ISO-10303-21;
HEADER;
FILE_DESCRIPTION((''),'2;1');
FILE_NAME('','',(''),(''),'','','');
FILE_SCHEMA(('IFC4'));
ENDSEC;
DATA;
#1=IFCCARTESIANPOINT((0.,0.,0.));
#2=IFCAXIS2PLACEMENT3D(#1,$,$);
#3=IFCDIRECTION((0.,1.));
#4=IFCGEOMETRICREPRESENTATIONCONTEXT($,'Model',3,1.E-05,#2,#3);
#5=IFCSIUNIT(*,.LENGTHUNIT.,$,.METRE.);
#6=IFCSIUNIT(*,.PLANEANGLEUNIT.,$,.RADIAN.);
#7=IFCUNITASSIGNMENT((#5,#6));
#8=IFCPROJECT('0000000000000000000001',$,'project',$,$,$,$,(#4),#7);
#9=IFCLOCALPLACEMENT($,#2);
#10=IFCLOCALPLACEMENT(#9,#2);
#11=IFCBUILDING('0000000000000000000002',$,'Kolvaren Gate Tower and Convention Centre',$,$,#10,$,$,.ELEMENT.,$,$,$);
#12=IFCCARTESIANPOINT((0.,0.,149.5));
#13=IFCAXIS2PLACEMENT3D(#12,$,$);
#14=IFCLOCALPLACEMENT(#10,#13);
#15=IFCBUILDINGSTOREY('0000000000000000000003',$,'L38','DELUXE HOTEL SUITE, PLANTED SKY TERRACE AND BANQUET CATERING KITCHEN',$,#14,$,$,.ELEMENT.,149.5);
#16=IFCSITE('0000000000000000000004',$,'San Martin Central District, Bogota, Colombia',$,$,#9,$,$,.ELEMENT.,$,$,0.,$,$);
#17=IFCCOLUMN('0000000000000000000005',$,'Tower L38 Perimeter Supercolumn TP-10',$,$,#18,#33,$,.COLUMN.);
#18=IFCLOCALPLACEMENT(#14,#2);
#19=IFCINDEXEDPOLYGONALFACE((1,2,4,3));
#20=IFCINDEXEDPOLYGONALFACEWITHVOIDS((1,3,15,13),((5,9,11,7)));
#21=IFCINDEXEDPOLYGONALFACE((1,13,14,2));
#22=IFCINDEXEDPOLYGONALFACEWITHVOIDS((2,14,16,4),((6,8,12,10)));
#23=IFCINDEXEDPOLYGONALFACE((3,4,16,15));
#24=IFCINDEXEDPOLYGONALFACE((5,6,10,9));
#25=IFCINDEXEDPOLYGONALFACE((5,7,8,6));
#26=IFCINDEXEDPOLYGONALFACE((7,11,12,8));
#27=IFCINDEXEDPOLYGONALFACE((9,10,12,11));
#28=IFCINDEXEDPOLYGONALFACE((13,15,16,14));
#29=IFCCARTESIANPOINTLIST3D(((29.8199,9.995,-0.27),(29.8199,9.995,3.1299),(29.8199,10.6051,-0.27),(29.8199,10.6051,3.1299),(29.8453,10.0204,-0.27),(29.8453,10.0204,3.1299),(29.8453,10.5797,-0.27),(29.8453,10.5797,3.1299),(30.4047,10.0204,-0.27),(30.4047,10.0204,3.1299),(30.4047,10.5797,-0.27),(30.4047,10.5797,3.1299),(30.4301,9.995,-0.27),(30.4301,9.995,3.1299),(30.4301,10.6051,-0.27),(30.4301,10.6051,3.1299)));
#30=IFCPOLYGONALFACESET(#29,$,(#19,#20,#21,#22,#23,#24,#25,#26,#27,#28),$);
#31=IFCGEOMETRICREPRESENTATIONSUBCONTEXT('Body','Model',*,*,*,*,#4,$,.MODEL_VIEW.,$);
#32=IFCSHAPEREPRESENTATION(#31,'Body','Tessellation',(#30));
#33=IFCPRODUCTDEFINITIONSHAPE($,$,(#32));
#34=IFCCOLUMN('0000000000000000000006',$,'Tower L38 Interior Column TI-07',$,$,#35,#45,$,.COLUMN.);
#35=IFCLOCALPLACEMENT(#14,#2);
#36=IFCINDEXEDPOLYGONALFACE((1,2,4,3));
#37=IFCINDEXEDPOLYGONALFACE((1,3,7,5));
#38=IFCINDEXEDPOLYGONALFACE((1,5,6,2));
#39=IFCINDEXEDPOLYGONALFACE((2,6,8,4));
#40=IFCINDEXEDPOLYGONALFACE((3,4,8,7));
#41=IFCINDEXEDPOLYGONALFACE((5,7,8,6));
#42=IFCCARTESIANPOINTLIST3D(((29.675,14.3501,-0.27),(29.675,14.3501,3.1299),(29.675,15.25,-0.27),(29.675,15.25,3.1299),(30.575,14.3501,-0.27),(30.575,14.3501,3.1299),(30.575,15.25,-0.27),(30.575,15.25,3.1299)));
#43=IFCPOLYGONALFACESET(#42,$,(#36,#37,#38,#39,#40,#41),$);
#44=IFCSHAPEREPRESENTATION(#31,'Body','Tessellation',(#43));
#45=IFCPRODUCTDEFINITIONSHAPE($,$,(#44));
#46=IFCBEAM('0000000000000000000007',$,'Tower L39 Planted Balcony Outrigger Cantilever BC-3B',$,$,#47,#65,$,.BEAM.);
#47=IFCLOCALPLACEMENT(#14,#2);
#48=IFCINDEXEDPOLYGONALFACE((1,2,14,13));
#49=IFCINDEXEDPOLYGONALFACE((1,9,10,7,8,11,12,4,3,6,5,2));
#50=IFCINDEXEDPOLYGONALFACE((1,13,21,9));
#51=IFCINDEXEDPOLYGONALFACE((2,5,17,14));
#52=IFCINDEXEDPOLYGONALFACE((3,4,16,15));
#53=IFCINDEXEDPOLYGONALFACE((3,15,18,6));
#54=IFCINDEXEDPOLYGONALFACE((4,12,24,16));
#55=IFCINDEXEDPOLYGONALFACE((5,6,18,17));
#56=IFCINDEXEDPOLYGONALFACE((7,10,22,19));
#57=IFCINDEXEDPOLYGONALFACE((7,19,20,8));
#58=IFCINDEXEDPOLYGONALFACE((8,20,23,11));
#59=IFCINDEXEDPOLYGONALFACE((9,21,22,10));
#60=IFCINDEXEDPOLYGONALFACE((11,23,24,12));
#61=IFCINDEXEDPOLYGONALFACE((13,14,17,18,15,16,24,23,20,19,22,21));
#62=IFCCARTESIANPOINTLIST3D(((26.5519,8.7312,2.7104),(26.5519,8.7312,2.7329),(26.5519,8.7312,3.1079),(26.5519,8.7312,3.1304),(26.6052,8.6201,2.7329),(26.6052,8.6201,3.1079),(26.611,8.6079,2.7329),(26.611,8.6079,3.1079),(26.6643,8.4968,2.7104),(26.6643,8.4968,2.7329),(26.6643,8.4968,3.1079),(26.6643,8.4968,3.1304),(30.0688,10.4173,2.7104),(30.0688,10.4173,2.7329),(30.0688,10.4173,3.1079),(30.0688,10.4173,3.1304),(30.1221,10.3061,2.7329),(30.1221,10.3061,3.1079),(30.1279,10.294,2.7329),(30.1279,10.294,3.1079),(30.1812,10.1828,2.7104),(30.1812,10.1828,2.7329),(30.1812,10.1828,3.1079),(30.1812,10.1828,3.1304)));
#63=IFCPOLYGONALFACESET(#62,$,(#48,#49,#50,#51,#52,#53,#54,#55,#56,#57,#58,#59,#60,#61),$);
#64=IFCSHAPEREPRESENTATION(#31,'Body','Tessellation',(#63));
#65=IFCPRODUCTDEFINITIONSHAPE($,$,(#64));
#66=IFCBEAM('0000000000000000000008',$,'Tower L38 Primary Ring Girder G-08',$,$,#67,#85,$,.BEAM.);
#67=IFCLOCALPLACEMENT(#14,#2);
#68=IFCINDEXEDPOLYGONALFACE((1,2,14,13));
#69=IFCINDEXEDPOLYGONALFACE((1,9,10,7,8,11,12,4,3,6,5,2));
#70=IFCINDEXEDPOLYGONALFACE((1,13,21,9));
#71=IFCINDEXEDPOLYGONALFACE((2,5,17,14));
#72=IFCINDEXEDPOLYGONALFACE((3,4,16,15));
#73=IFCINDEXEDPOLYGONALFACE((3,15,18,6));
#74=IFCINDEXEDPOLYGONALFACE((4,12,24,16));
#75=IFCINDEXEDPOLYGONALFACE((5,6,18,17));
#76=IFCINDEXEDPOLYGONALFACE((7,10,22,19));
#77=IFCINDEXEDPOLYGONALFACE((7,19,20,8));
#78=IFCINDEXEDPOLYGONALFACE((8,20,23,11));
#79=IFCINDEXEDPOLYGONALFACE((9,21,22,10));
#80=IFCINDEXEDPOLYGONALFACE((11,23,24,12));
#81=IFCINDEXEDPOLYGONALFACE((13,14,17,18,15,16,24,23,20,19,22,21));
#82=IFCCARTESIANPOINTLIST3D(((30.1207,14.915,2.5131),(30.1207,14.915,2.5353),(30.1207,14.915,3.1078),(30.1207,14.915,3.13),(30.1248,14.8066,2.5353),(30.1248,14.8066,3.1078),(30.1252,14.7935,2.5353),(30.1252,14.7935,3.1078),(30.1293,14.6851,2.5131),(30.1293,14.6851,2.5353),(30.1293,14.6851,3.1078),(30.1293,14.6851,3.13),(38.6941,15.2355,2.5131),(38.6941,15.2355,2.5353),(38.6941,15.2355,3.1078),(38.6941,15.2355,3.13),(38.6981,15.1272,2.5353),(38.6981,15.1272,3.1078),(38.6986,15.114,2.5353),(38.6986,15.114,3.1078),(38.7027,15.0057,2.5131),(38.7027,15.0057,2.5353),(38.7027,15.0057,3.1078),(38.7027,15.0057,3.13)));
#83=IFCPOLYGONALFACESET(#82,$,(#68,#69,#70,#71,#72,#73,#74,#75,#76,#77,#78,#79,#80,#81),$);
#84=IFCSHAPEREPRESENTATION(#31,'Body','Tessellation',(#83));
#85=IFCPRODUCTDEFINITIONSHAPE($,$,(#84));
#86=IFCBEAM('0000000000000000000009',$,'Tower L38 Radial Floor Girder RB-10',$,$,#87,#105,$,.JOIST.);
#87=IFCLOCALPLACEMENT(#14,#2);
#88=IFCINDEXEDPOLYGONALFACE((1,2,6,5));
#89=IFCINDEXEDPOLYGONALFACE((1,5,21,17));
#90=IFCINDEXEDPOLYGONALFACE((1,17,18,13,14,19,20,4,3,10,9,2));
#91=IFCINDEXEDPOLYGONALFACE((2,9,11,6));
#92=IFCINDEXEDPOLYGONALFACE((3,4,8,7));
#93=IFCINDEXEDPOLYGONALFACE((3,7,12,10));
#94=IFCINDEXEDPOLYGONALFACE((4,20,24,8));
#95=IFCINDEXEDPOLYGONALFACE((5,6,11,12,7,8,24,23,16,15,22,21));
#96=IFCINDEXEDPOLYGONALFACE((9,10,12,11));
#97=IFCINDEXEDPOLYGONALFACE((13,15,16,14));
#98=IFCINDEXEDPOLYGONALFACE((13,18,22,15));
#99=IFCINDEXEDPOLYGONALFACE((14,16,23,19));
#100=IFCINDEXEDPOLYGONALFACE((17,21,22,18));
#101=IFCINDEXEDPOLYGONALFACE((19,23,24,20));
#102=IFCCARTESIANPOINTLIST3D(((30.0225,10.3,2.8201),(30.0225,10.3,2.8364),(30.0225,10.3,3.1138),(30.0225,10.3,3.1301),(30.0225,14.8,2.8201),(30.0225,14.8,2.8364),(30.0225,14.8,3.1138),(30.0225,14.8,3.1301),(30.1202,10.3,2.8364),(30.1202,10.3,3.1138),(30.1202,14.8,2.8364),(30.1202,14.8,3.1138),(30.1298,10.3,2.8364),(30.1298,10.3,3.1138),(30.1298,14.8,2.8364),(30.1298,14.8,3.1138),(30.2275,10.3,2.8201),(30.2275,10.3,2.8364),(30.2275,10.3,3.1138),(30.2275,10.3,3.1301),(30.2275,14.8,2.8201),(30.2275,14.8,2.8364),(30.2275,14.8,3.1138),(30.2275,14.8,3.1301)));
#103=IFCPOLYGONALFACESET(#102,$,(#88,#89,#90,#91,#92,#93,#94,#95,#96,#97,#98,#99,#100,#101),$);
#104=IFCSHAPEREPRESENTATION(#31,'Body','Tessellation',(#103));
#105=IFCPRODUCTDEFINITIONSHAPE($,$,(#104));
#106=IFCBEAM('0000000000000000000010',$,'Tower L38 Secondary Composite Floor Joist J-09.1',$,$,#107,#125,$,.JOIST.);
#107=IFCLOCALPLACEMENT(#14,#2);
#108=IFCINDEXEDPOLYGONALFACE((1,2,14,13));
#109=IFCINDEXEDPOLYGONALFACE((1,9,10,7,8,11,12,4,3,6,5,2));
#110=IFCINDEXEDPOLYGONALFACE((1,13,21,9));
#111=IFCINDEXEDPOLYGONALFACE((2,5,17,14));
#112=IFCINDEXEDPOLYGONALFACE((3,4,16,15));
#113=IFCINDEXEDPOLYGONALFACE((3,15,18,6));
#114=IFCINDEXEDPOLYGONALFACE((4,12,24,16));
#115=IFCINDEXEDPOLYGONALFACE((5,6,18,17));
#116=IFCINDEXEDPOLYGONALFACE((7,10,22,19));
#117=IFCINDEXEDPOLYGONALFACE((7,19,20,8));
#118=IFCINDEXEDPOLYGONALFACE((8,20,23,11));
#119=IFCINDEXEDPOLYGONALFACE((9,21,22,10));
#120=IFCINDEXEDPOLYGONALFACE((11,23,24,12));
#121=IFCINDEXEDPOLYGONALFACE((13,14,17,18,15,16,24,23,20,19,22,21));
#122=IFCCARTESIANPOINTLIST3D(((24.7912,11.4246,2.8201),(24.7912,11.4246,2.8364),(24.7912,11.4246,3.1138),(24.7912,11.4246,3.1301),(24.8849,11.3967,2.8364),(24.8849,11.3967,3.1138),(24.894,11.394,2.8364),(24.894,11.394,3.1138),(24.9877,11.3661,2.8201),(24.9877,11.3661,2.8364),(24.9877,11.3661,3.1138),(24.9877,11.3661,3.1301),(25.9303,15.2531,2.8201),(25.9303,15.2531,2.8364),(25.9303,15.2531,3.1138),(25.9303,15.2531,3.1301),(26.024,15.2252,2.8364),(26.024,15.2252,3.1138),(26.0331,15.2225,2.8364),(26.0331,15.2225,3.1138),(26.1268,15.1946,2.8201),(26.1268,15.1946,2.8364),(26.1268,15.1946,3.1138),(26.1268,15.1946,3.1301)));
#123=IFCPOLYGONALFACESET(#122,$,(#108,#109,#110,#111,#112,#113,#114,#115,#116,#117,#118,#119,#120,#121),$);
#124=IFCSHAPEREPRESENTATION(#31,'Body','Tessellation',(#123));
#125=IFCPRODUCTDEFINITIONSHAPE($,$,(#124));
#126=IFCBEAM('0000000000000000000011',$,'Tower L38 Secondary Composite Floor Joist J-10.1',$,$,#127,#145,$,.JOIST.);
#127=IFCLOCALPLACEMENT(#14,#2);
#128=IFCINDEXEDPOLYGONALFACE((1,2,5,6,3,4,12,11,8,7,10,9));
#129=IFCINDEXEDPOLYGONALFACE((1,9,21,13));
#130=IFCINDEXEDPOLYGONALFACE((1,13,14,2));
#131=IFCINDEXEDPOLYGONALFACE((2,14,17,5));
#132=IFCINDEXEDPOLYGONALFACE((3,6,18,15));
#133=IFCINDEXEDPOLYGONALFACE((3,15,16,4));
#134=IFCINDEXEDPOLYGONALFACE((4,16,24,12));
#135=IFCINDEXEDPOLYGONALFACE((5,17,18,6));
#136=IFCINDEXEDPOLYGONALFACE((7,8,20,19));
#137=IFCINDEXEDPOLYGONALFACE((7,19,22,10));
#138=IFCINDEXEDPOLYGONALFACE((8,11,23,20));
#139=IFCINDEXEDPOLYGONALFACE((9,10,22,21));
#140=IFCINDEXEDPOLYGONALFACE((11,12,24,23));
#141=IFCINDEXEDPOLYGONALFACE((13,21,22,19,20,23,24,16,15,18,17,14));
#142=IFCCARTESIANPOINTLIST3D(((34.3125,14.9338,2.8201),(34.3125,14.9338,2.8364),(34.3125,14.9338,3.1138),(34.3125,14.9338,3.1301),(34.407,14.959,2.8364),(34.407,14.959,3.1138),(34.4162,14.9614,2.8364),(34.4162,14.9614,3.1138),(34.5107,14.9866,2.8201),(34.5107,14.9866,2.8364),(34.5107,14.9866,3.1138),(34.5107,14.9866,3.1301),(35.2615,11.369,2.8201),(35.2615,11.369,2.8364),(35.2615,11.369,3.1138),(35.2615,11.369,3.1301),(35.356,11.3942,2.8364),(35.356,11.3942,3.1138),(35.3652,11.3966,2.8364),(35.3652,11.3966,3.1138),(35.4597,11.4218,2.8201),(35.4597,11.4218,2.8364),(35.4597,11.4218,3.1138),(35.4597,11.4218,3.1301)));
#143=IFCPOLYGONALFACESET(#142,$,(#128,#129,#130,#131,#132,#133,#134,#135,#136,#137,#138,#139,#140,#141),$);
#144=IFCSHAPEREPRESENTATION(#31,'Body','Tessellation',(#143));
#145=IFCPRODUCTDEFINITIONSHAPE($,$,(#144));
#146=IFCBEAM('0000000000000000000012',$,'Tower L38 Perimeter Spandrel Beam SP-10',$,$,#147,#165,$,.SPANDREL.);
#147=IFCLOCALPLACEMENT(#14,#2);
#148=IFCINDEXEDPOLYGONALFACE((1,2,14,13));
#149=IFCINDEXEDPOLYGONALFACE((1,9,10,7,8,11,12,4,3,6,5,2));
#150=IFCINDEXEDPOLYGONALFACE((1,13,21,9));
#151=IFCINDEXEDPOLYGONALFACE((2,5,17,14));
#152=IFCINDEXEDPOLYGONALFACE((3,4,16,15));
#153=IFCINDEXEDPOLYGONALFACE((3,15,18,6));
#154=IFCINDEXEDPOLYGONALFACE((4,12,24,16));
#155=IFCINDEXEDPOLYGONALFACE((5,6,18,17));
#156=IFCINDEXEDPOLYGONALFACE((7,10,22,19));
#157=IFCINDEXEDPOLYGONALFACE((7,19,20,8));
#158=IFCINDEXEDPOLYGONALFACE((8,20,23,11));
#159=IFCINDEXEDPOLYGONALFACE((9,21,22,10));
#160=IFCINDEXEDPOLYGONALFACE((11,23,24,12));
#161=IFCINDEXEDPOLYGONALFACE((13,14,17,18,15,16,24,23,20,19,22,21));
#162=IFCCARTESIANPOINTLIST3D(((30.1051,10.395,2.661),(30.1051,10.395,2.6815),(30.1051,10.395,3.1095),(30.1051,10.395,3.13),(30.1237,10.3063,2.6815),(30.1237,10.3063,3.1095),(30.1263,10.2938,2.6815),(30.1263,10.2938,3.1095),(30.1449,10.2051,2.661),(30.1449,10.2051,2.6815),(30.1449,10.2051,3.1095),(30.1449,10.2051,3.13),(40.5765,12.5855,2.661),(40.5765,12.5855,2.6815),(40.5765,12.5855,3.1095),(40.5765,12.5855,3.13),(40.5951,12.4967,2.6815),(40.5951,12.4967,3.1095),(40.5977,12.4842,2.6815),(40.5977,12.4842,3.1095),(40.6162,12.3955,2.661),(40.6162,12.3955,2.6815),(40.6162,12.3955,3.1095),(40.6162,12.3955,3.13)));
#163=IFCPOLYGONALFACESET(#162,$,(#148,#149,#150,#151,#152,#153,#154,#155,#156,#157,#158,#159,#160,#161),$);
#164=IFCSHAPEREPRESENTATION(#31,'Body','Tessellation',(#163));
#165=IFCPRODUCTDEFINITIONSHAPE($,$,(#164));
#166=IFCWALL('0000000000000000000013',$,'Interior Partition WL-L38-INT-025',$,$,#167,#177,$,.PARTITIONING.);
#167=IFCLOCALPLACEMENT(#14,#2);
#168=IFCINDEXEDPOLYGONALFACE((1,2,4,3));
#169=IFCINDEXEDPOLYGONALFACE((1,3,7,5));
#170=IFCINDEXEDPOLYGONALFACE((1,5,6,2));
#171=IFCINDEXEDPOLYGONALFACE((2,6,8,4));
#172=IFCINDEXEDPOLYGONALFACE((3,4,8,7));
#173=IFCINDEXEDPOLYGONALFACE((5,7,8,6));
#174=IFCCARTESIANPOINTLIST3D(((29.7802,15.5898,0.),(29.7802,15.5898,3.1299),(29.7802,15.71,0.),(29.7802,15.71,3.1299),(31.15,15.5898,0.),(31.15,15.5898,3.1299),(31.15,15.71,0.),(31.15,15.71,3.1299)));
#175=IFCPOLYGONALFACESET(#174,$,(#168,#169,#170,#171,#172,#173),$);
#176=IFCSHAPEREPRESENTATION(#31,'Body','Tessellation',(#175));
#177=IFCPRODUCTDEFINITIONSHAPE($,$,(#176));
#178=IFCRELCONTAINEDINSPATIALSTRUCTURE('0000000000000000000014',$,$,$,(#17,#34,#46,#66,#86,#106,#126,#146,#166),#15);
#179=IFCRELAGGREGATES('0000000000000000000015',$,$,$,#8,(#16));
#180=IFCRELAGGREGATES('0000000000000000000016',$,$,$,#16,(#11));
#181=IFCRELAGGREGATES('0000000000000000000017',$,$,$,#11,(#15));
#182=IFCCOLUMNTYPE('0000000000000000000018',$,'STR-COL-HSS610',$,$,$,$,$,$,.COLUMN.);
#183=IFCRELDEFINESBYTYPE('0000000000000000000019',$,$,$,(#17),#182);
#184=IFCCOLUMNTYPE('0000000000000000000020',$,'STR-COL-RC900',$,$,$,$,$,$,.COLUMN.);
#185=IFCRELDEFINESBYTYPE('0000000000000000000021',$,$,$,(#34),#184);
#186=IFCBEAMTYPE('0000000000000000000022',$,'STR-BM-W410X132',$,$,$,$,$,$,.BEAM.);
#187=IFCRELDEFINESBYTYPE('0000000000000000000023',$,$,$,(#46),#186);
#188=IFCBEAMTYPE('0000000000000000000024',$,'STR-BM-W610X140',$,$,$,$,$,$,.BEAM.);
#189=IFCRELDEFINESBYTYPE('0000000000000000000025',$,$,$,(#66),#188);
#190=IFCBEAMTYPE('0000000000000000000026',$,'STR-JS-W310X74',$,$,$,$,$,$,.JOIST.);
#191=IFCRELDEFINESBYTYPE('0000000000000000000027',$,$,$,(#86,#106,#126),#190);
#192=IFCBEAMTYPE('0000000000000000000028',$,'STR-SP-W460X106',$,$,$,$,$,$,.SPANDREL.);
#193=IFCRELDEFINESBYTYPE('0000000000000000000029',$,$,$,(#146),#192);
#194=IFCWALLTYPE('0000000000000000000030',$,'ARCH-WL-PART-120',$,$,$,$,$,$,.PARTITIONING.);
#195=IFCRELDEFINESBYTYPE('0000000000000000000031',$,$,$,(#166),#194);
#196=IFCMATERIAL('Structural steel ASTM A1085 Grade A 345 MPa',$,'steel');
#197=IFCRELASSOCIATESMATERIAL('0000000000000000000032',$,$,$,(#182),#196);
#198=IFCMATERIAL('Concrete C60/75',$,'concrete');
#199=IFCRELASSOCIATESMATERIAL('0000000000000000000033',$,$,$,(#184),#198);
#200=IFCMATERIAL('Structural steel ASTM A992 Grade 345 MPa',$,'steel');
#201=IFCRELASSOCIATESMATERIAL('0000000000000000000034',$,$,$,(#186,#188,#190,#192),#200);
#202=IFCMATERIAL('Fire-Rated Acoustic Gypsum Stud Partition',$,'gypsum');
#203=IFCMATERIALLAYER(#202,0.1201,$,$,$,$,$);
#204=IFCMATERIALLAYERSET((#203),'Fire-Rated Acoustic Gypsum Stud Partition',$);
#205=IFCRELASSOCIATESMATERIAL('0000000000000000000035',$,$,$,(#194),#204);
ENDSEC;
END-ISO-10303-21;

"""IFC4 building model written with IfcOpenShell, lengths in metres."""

from ifc_helpers import new_model, si_unit, direction, frame, frame_2d, origin, origin_2d, place, context, subcontext, project, spatial, rectangle, hollow_rectangle, i_section, extrude, material, layer, layer_set, material_profile, profile_set, type_object, element, save


model = new_model("IFC4")

# Units and contexts
model_context = context("Model", 3, precision=1e-05, world=origin(), true_north=direction((0.0, 1.0)))
body_context = subcontext(model_context, "Body", "Model", "MODEL_VIEW")
ifc_project = project(units=[si_unit("LENGTHUNIT", "METRE"), si_unit("PLANEANGLEUNIT", "RADIAN")], contexts=[model_context])

# Site, building, storey
site_placement = place(None, origin())
site = spatial("IfcSite", under=ifc_project, at=site_placement, Name="San Martin Central District, Bogota, Colombia", CompositionType="ELEMENT", RefElevation=0.0)
building_placement = place(site_placement, origin())
building = spatial("IfcBuilding", under=site, at=building_placement, Name="Kolvaren Gate Tower and Convention Centre", CompositionType="ELEMENT")
storey_placement = place(building_placement, frame((0.0, 0.0, 149.5)))
storey = spatial("IfcBuildingStorey", under=building, at=storey_placement, Name="L38", Description="DELUXE HOTEL SUITE, PLANTED SKY TERRACE AND BANQUET CATERING KITCHEN", CompositionType="ELEMENT", Elevation=149.5)

# Columns
ifc_material_1 = material(Name="Structural steel ASTM A1085 Grade A 345 MPa", Category="steel")
ifc_material_profile_1 = material_profile(ifc_material_1, hollow_rectangle(XDim=0.6101, YDim=0.6101, WallThickness=0.0254, at=origin_2d()), Name="HSS610X610X25.4")
ifc_profile_set_1 = profile_set([ifc_material_profile_1], Name="Structural steel ASTM A1085 Grade A 345 MPa")
column_type_1 = type_object("IfcColumnType", Name="STR-COL-HSS610", PredefinedType="COLUMN", material=ifc_profile_set_1)
column_1_placement = place(storey_placement, frame((30.125, 10.3, -0.27), z_axis=(0.0, 0.0, 1.0), x_axis=(1.0, 0.0, 0.0)))
element("IfcColumn", 1, at=column_1_placement, inside=storey, type_object=column_type_1, Name="Tower L38 Perimeter Supercolumn TP-10", PredefinedType="COLUMN", context=body_context, shape_type="SweptSolid", body=[
    extrude(hollow_rectangle(XDim=0.6101, YDim=0.6101, WallThickness=0.0254, at=origin_2d()), origin(), (0.0, 0.0, 1.0), 3.3999),
])
ifc_material_2 = material(Name="Concrete C60/75", Category="concrete")
ifc_material_profile_2 = material_profile(ifc_material_2, rectangle(XDim=0.8999, YDim=0.8999, at=origin_2d()), Name="RC-COL-900X900")
ifc_profile_set_2 = profile_set([ifc_material_profile_2], Name="Concrete C60/75")
column_type_2 = type_object("IfcColumnType", Name="STR-COL-RC900", PredefinedType="COLUMN", material=ifc_profile_set_2)
column_2_placement = place(storey_placement, frame((30.125, 14.8, -0.27), z_axis=(0.0, 0.0, 1.0), x_axis=(1.0, 0.0, 0.0)))
element("IfcColumn", 2, at=column_2_placement, inside=storey, type_object=column_type_2, Name="Tower L38 Interior Column TI-07", PredefinedType="COLUMN", context=body_context, shape_type="SweptSolid", body=[
    extrude(rectangle(XDim=0.8999, YDim=0.8999, at=origin_2d()), origin(), (0.0, 0.0, 1.0), 3.3999),
])

# Beams
ifc_material_3 = material(Name="Structural steel ASTM A992 Grade 345 MPa", Category="steel")
ifc_material_profile_3 = material_profile(ifc_material_3, i_section(OverallWidth=0.26, OverallDepth=0.4199, WebThickness=0.0134, FlangeThickness=0.0225, at=origin_2d()), Name="W410X132")
ifc_profile_set_3 = profile_set([ifc_material_profile_3], Name="Structural steel ASTM A992 Grade 345 MPa")
beam_type_1 = type_object("IfcBeamType", Name="STR-BM-W410X132", PredefinedType="BEAM", material=ifc_profile_set_3)
beam_1_placement = place(storey_placement, frame((30.125, 10.3, 2.9204), z_axis=(-0.901728, -0.432304, 0.0), x_axis=(0.432304, -0.901728, 0.0)))
element("IfcBeam", 3, at=beam_1_placement, inside=storey, type_object=beam_type_1, Name="Tower L39 Planted Balcony Outrigger Cantilever BC-3B", PredefinedType="BEAM", context=body_context, shape_type="SweptSolid", body=[
    extrude(i_section(OverallWidth=0.26, OverallDepth=0.4199, WebThickness=0.0134, FlangeThickness=0.0225, at=origin_2d()), origin(), (0.0, 0.0, 1.0), 3.9001),
])
ifc_material_profile_4 = material_profile(ifc_material_3, i_section(OverallWidth=0.23, OverallDepth=0.6169, WebThickness=0.0132, FlangeThickness=0.0222, at=origin_2d()), Name="W610X140")
ifc_profile_set_4 = profile_set([ifc_material_profile_4], Name="Structural steel ASTM A992 Grade 345 MPa")
beam_type_2 = type_object("IfcBeamType", Name="STR-BM-W610X140", PredefinedType="BEAM", material=ifc_profile_set_4)
beam_2_placement = place(storey_placement, frame((30.125, 14.8, 2.8215), z_axis=(0.999302, 0.037364, 0.0), x_axis=(-0.037364, 0.999302, 0.0)))
element("IfcBeam", 4, at=beam_2_placement, inside=storey, type_object=beam_type_2, Name="Tower L38 Primary Ring Girder G-08", PredefinedType="BEAM", context=body_context, shape_type="SweptSolid", body=[
    extrude(i_section(OverallWidth=0.23, OverallDepth=0.6169, WebThickness=0.0132, FlangeThickness=0.0222, at=origin_2d()), origin(), (0.0, 0.0, 1.0), 8.5793),
])
ifc_material_profile_5 = material_profile(ifc_material_3, i_section(OverallWidth=0.2051, OverallDepth=0.3101, WebThickness=0.0095, FlangeThickness=0.0164, at=origin_2d()), Name="W310X74")
ifc_profile_set_5 = profile_set([ifc_material_profile_5], Name="Structural steel ASTM A992 Grade 345 MPa")
beam_type_3 = type_object("IfcBeamType", Name="STR-JS-W310X74", PredefinedType="JOIST", material=ifc_profile_set_5)
beam_3_placement = place(storey_placement, frame((30.125, 14.8, 2.9751), z_axis=(0.0, -1.0, 0.0), x_axis=(1.0, 0.0, 0.0)))
element("IfcBeam", 5, at=beam_3_placement, inside=storey, type_object=beam_type_3, Name="Tower L38 Radial Floor Girder RB-10", PredefinedType="JOIST", context=body_context, shape_type="SweptSolid", body=[
    extrude(i_section(OverallWidth=0.2051, OverallDepth=0.3101, WebThickness=0.0095, FlangeThickness=0.0164, at=origin_2d()), origin(), (0.0, 0.0, 1.0), 4.5),
])
beam_4_placement = place(storey_placement, frame((26.0286, 15.2239, 2.9751), z_axis=(-0.285183, -0.958473, 0.0), x_axis=(0.958473, -0.285183, 0.0)))
element("IfcBeam", 6, at=beam_4_placement, inside=storey, type_object=beam_type_3, Name="Tower L38 Secondary Composite Floor Joist J-09.1", PredefinedType="JOIST", context=body_context, shape_type="SweptSolid", body=[
    extrude(i_section(OverallWidth=0.2051, OverallDepth=0.3101, WebThickness=0.0095, FlangeThickness=0.0164, at=origin_2d()), origin(), (0.0, 0.0, 1.0), 3.9944),
])
beam_5_placement = place(storey_placement, frame((34.4116, 14.9602, 2.9751), z_axis=(0.257238, -0.966348, 0.0), x_axis=(0.966348, 0.257238, 0.0)))
element("IfcBeam", 7, at=beam_5_placement, inside=storey, type_object=beam_type_3, Name="Tower L38 Secondary Composite Floor Joist J-10.1", PredefinedType="JOIST", context=body_context, shape_type="SweptSolid", body=[
    extrude(i_section(OverallWidth=0.2051, OverallDepth=0.3101, WebThickness=0.0095, FlangeThickness=0.0164, at=origin_2d()), origin(), (0.0, 0.0, 1.0), 3.689),
])
ifc_material_profile_6 = material_profile(ifc_material_3, i_section(OverallWidth=0.1941, OverallDepth=0.469, WebThickness=0.0127, FlangeThickness=0.0205, at=origin_2d()), Name="W460X106")
ifc_profile_set_6 = profile_set([ifc_material_profile_6], Name="Structural steel ASTM A992 Grade 345 MPa")
beam_type_4 = type_object("IfcBeamType", Name="STR-SP-W460X106", PredefinedType="SPANDREL", material=ifc_profile_set_6)
beam_6_placement = place(storey_placement, frame((30.125, 10.3, 2.8955), z_axis=(0.978814, 0.20475, 0.0), x_axis=(-0.20475, 0.978814, 0.0)))
element("IfcBeam", 8, at=beam_6_placement, inside=storey, type_object=beam_type_4, Name="Tower L38 Perimeter Spandrel Beam SP-10", PredefinedType="SPANDREL", context=body_context, shape_type="SweptSolid", body=[
    extrude(i_section(OverallWidth=0.1941, OverallDepth=0.469, WebThickness=0.0127, FlangeThickness=0.0205, at=origin_2d()), origin(), (0.0, 0.0, 1.0), 10.698),
])

# Wall
ifc_material_4 = material(Name="Fire-Rated Acoustic Gypsum Stud Partition", Category="gypsum")
ifc_layer_1 = layer(ifc_material_4, 0.1201)
ifc_layer_set_1 = layer_set([ifc_layer_1], Name="Fire-Rated Acoustic Gypsum Stud Partition")
wall_type_1 = type_object("IfcWallType", Name="ARCH-WL-PART-120", PredefinedType="PARTITIONING", material=ifc_layer_set_1)
wall_1_placement = place(storey_placement, frame((29.78, 15.6499, 0.0), z_axis=(0.0, 0.0, 1.0), x_axis=(1.0, 0.0, 0.0)))
element("IfcWall", 9, at=wall_1_placement, inside=storey, type_object=wall_type_1, Name="Interior Partition WL-L38-INT-025", PredefinedType="PARTITIONING", context=body_context, shape_type="SweptSolid", body=[
    extrude(rectangle(XDim=1.3699, YDim=0.1201, at=frame_2d((0.6851, 0.0))), origin(), (0.0, 0.0, 1.0), 3.1299),
])

save(model, "model.ifc")
